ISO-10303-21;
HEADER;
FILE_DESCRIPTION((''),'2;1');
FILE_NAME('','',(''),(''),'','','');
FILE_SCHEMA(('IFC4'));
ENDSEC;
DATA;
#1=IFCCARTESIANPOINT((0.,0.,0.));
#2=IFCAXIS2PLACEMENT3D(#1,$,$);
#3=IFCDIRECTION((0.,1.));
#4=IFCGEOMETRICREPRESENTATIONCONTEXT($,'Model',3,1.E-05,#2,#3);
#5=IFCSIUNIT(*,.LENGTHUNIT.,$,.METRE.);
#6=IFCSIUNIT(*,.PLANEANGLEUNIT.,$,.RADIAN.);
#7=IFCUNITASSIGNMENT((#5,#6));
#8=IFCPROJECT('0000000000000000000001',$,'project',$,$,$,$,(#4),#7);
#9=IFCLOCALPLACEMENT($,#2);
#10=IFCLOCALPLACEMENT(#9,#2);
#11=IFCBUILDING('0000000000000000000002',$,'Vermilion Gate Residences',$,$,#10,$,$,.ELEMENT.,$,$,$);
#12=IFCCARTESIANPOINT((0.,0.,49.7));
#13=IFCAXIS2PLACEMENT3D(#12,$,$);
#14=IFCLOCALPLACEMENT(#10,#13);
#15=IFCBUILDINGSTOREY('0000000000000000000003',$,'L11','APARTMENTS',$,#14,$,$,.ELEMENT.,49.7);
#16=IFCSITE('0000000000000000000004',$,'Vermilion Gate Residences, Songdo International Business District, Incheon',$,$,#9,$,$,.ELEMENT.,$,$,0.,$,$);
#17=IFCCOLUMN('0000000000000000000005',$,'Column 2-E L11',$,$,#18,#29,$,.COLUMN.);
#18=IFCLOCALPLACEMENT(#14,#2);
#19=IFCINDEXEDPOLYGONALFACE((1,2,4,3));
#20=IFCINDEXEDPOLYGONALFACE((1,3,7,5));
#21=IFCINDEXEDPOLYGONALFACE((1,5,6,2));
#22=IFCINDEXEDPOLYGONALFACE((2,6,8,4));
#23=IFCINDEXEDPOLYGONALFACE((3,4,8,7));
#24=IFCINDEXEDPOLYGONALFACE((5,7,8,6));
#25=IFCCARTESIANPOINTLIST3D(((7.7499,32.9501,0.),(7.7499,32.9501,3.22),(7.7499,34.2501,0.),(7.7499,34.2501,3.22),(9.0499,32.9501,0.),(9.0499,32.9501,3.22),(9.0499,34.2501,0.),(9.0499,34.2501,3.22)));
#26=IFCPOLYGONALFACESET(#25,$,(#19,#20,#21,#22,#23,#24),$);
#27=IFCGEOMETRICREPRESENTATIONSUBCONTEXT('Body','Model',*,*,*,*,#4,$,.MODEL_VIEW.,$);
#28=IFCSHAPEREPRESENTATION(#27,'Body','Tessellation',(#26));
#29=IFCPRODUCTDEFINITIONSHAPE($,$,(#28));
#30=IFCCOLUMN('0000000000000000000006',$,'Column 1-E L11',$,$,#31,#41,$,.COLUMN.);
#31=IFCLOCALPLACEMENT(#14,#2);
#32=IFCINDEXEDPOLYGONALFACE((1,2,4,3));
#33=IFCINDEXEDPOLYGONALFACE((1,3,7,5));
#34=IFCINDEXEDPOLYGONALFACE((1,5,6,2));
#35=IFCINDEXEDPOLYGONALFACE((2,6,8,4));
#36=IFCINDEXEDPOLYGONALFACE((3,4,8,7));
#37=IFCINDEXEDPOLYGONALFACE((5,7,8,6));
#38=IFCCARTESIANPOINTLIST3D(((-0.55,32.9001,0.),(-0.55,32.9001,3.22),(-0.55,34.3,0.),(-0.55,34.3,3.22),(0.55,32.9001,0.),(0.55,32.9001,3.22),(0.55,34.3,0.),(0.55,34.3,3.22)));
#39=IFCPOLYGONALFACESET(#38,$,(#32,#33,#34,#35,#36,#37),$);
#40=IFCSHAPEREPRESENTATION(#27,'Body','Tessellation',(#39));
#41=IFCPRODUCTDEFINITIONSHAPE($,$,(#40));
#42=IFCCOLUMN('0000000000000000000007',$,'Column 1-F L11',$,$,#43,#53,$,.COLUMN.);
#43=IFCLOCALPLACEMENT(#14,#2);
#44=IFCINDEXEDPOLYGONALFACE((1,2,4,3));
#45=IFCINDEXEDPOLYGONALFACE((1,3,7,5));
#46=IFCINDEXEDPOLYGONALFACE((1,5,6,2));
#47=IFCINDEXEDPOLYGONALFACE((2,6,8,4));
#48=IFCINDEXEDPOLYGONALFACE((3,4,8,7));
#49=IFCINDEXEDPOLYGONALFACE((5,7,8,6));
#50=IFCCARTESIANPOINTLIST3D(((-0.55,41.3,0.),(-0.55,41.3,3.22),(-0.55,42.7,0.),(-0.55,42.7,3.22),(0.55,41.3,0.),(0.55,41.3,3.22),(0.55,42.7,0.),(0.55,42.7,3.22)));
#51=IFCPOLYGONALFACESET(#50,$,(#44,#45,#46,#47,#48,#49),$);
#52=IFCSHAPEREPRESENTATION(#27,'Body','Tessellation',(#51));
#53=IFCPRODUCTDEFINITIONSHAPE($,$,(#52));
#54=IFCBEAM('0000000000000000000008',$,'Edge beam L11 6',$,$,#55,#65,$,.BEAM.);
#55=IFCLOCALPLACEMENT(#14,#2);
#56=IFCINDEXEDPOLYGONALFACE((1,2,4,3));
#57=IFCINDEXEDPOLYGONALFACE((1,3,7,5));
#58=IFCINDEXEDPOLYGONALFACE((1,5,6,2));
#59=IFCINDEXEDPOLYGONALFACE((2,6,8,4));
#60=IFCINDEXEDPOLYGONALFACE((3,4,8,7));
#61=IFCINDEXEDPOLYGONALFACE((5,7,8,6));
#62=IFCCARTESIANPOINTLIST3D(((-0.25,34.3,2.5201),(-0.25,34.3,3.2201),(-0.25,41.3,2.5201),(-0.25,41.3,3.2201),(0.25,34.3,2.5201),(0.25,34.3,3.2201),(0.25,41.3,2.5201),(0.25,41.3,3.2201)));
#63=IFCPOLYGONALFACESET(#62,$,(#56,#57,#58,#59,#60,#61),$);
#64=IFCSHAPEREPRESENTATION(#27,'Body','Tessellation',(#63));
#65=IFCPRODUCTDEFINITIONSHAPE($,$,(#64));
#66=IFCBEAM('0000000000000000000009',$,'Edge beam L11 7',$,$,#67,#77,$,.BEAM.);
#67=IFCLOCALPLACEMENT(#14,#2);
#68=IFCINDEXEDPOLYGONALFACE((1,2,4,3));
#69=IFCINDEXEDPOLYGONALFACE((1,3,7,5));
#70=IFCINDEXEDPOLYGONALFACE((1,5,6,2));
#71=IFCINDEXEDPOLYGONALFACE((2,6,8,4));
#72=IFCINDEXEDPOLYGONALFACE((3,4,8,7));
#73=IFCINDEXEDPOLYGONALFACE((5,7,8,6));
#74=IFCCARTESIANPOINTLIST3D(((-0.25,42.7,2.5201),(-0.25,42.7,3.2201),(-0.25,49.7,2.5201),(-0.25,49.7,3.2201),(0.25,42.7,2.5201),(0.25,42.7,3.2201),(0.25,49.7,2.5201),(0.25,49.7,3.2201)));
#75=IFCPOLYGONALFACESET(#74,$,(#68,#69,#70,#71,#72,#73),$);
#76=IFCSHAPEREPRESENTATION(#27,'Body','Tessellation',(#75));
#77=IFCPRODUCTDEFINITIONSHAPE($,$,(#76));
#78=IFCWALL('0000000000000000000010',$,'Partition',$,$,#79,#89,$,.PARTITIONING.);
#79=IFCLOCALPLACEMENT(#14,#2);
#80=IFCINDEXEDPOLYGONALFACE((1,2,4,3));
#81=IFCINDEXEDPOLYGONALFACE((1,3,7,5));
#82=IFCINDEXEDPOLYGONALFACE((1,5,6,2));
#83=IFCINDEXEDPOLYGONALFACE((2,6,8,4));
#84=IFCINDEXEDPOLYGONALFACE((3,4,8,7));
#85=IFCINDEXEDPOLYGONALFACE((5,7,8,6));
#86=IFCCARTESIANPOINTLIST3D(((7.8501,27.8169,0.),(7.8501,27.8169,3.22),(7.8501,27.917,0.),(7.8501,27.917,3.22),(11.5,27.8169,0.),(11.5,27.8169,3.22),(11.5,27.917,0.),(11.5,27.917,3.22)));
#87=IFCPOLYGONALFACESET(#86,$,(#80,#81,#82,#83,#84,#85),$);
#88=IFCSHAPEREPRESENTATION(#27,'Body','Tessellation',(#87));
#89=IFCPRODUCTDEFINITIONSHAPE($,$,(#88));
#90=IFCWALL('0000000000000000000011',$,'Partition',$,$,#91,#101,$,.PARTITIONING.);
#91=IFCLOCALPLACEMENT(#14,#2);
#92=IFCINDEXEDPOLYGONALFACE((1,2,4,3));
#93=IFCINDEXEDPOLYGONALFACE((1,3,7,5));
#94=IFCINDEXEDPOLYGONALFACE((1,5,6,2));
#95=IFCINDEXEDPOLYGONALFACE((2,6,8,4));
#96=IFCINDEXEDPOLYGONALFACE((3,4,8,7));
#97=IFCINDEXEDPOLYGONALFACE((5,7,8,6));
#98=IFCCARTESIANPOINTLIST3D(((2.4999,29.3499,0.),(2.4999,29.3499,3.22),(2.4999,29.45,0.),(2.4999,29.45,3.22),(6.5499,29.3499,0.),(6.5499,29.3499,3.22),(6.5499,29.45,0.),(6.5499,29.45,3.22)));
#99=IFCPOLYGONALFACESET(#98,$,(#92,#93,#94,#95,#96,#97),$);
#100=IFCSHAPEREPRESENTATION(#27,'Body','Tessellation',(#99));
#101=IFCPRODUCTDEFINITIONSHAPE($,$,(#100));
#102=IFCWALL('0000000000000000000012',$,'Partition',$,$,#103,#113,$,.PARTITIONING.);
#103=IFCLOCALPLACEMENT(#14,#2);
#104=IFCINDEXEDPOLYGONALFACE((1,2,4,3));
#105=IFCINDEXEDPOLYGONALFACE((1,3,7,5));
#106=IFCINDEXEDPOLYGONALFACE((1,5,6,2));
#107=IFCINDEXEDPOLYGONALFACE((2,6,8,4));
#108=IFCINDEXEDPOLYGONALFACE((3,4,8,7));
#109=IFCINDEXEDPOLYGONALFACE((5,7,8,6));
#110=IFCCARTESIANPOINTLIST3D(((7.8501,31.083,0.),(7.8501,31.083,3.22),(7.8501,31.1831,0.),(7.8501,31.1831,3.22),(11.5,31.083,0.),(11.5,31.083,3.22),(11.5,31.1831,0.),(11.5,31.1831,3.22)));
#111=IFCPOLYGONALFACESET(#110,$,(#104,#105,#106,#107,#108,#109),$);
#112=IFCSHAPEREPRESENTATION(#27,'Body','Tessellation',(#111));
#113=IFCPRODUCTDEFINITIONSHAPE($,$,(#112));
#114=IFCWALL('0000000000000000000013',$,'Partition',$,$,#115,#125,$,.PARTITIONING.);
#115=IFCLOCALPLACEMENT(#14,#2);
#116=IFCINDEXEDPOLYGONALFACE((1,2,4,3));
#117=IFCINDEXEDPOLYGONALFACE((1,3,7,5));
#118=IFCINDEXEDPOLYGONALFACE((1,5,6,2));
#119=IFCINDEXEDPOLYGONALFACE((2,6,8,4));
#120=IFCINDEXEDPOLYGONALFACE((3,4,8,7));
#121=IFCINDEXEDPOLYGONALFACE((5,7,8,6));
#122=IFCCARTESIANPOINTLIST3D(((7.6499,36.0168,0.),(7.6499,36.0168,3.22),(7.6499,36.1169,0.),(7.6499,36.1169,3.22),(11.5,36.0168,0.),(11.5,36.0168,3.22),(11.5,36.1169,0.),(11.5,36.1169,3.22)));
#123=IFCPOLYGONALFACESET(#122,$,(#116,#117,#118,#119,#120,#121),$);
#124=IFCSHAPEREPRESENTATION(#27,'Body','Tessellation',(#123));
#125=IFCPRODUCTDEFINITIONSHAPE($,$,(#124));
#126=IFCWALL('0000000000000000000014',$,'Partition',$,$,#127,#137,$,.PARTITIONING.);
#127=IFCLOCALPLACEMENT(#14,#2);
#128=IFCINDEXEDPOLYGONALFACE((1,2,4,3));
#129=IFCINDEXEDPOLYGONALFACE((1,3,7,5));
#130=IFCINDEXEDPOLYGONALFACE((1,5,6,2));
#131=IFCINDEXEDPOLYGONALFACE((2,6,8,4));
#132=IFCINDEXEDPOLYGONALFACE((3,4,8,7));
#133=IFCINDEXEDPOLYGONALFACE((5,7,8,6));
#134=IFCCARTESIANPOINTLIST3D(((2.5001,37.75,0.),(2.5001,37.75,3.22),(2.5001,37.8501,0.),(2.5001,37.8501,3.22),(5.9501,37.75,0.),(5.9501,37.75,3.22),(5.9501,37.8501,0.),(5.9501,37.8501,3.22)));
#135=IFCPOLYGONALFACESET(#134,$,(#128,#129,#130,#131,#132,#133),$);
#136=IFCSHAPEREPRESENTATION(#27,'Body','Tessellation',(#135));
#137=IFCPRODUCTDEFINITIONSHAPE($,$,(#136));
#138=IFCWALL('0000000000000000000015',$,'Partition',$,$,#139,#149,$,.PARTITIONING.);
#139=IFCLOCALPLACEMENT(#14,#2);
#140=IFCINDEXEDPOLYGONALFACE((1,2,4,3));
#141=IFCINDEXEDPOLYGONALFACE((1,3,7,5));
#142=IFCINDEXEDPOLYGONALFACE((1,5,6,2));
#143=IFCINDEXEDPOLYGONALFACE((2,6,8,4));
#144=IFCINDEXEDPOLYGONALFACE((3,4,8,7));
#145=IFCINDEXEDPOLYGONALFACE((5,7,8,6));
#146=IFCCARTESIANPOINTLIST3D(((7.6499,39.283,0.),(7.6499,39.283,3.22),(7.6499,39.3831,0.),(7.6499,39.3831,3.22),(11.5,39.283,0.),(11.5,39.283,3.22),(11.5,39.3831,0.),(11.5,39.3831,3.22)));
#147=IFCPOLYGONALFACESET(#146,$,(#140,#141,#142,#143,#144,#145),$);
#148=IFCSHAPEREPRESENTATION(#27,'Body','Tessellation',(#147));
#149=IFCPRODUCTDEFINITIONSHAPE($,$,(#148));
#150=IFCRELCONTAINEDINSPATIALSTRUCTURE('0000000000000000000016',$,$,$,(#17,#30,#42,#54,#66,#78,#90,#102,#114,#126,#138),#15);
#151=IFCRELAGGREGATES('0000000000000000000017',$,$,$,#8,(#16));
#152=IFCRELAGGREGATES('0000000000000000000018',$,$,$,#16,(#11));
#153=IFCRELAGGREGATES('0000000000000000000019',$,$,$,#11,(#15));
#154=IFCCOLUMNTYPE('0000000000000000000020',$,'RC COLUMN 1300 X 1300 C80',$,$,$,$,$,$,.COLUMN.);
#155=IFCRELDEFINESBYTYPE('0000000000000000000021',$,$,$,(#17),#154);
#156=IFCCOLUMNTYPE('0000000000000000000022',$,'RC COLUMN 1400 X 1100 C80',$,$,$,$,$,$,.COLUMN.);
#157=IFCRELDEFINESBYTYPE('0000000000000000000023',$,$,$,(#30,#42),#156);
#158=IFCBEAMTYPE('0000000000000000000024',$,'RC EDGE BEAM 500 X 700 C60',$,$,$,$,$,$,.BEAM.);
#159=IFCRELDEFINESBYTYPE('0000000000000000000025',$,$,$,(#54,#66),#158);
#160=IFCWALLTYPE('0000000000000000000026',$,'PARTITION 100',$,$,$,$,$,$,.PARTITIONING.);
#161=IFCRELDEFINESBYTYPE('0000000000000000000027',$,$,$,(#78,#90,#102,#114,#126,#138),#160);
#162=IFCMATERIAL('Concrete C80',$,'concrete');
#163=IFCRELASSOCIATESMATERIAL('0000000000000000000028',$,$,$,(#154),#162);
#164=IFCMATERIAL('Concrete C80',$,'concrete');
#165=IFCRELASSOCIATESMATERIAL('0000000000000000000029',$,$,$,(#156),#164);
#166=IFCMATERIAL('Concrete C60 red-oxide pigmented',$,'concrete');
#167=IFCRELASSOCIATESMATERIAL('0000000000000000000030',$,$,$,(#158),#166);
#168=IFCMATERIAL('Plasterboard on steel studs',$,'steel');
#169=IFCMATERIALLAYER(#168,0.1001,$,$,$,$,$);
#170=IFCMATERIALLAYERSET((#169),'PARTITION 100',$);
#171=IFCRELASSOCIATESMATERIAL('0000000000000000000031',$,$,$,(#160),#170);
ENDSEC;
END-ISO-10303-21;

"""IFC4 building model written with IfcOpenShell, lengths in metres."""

from ifc_helpers import new_model, si_unit, direction, frame, frame_2d, origin, origin_2d, place, context, subcontext, project, spatial, rectangle, extrude, material, layer, layer_set, material_profile, profile_set, type_object, element, save


model = new_model("IFC4")

# Units and contexts
model_context = context("Model", 3, precision=1e-05, world=origin(), true_north=direction((0.0, 1.0)))
body_context = subcontext(model_context, "Body", "Model", "MODEL_VIEW")
ifc_project = project(units=[si_unit("LENGTHUNIT", "METRE"), si_unit("PLANEANGLEUNIT", "RADIAN")], contexts=[model_context])

# Site, building, storey
site_placement = place(None, origin())
site = spatial("IfcSite", under=ifc_project, at=site_placement, Name="Vermilion Gate Residences, Songdo International Business District, Incheon", CompositionType="ELEMENT", RefElevation=0.0)
building_placement = place(site_placement, origin())
building = spatial("IfcBuilding", under=site, at=building_placement, Name="Vermilion Gate Residences", CompositionType="ELEMENT")
storey_placement = place(building_placement, frame((0.0, 0.0, 49.7)))
storey = spatial("IfcBuildingStorey", under=building, at=storey_placement, Name="L11", Description="APARTMENTS", CompositionType="ELEMENT", Elevation=49.7)

# Columns
ifc_material_1 = material(Name="Concrete C80", Category="concrete")
ifc_material_profile_1 = material_profile(ifc_material_1, rectangle(XDim=1.3, YDim=1.3, at=origin_2d()), Name="RC-1300x1300")
ifc_profile_set_1 = profile_set([ifc_material_profile_1], Name="Concrete C80")
column_type_1 = type_object("IfcColumnType", Name="RC COLUMN 1300 X 1300 C80", PredefinedType="COLUMN", material=ifc_profile_set_1)
column_placement = place(storey_placement, frame((8.3999, 33.6001, 0.0), z_axis=(0.0, 0.0, 1.0), x_axis=(1.0, 0.0, 0.0)))
element("IfcColumn", 1, at=column_placement, inside=storey, type_object=column_type_1, Name="Column 2-E L11", PredefinedType="COLUMN", context=body_context, shape_type="SweptSolid", body=[
    extrude(rectangle(XDim=1.3, YDim=1.3, at=origin_2d()), origin(), (0.0, 0.0, 1.0), 3.22),
])
ifc_material_2 = material(Name="Concrete C80", Category="concrete")
ifc_material_profile_2 = material_profile(ifc_material_2, rectangle(XDim=1.3999, YDim=1.1001, at=origin_2d()), Name="RC-1400x1100")
ifc_profile_set_2 = profile_set([ifc_material_profile_2], Name="Concrete C80")
column_type_2 = type_object("IfcColumnType", Name="RC COLUMN 1400 X 1100 C80", PredefinedType="COLUMN", material=ifc_profile_set_2)
for number, where, z_axis, x_axis, name in (
    (2, (0.0, 33.6001, 0.0), (0.0, 0.0, 1.0), (0.0, 1.0, 0.0), "Column 1-E L11"),
    (3, (0.0, 42.0, 0.0), (0.0, 0.0, 1.0), (0.0, 1.0, 0.0), "Column 1-F L11"),
):
    element("IfcColumn", number, at=place(storey_placement, frame(where, z_axis=z_axis, x_axis=x_axis)), inside=storey, type_object=column_type_2, Name=name, PredefinedType="COLUMN", context=body_context, shape_type="SweptSolid", body=[
        extrude(rectangle(XDim=1.3999, YDim=1.1001, at=origin_2d()), origin(), (0.0, 0.0, 1.0), 3.22),
    ])

# Beams
ifc_material_3 = material(Name="Concrete C60 red-oxide pigmented", Category="concrete")
ifc_material_profile_3 = material_profile(ifc_material_3, rectangle(XDim=0.5, YDim=0.7, at=origin_2d()), Name="RC-500x700")
ifc_profile_set_3 = profile_set([ifc_material_profile_3], Name="Concrete C60 red-oxide pigmented")
beam_type = type_object("IfcBeamType", Name="RC EDGE BEAM 500 X 700 C60", PredefinedType="BEAM", material=ifc_profile_set_3)
for number, where, z_axis, x_axis, name in (
    (4, (0.0, 34.3, 2.8701), (0.0, 1.0, 0.0), (-1.0, 0.0, 0.0), "Edge beam L11 6"),
    (5, (0.0, 42.7, 2.8701), (0.0, 1.0, 0.0), (-1.0, 0.0, 0.0), "Edge beam L11 7"),
):
    element("IfcBeam", number, at=place(storey_placement, frame(where, z_axis=z_axis, x_axis=x_axis)), inside=storey, type_object=beam_type, Name=name, PredefinedType="BEAM", context=body_context, shape_type="SweptSolid", body=[
        extrude(rectangle(XDim=0.5, YDim=0.7, at=origin_2d()), origin(), (0.0, 0.0, 1.0), 7.0),
    ])

# Walls
ifc_material_4 = material(Name="Plasterboard on steel studs", Category="steel")
ifc_layer_1 = layer(ifc_material_4, 0.1001)
ifc_layer_set_1 = layer_set([ifc_layer_1], Name="PARTITION 100")
wall_type_1 = type_object("IfcWallType", Name="PARTITION 100", PredefinedType="PARTITIONING", material=ifc_layer_set_1)
wall_1_placement = place(storey_placement, frame((7.8501, 27.8669, 0.0), z_axis=(0.0, 0.0, 1.0), x_axis=(1.0, 0.0, 0.0)))
element("IfcWall", 6, at=wall_1_placement, inside=storey, type_object=wall_type_1, Name="Partition", PredefinedType="PARTITIONING", context=body_context, shape_type="SweptSolid", body=[
    extrude(rectangle(XDim=3.6499, YDim=0.1001, at=frame_2d((1.825, 0.0))), origin(), (0.0, 0.0, 1.0), 3.22),
])
wall_2_placement = place(storey_placement, frame((2.5, 29.3999, 0.0), z_axis=(0.0, 0.0, 1.0), x_axis=(1.0, 0.0, 0.0)))
element("IfcWall", 7, at=wall_2_placement, inside=storey, type_object=wall_type_1, Name="Partition", PredefinedType="PARTITIONING", context=body_context, shape_type="SweptSolid", body=[
    extrude(rectangle(XDim=4.05, YDim=0.1001, at=frame_2d((2.0249, 0.0))), origin(), (0.0, 0.0, 1.0), 3.22),
])
wall_3_placement = place(storey_placement, frame((7.8501, 31.1331, 0.0), z_axis=(0.0, 0.0, 1.0), x_axis=(1.0, 0.0, 0.0)))
element("IfcWall", 8, at=wall_3_placement, inside=storey, type_object=wall_type_1, Name="Partition", PredefinedType="PARTITIONING", context=body_context, shape_type="SweptSolid", body=[
    extrude(rectangle(XDim=3.6499, YDim=0.1001, at=frame_2d((1.825, 0.0))), origin(), (0.0, 0.0, 1.0), 3.22),
])
wall_4_placement = place(storey_placement, frame((7.6499, 36.0669, 0.0), z_axis=(0.0, 0.0, 1.0), x_axis=(1.0, 0.0, 0.0)))
element("IfcWall", 9, at=wall_4_placement, inside=storey, type_object=wall_type_1, Name="Partition", PredefinedType="PARTITIONING", context=body_context, shape_type="SweptSolid", body=[
    extrude(rectangle(XDim=3.8501, YDim=0.1001, at=frame_2d((1.925, 0.0))), origin(), (0.0, 0.0, 1.0), 3.22),
])
wall_5_placement = place(storey_placement, frame((2.5, 37.8, 0.0), z_axis=(0.0, 0.0, 1.0), x_axis=(1.0, 0.0, 0.0)))
element("IfcWall", 10, at=wall_5_placement, inside=storey, type_object=wall_type_1, Name="Partition", PredefinedType="PARTITIONING", context=body_context, shape_type="SweptSolid", body=[
    extrude(rectangle(XDim=3.45, YDim=0.1001, at=frame_2d((1.7251, 0.0))), origin(), (0.0, 0.0, 1.0), 3.22),
])
wall_6_placement = place(storey_placement, frame((7.6499, 39.333, 0.0), z_axis=(0.0, 0.0, 1.0), x_axis=(1.0, 0.0, 0.0)))
element("IfcWall", 11, at=wall_6_placement, inside=storey, type_object=wall_type_1, Name="Partition", PredefinedType="PARTITIONING", context=body_context, shape_type="SweptSolid", body=[
    extrude(rectangle(XDim=3.8501, YDim=0.1001, at=frame_2d((1.925, 0.0))), origin(), (0.0, 0.0, 1.0), 3.22),
])

save(model, "model.ifc")
